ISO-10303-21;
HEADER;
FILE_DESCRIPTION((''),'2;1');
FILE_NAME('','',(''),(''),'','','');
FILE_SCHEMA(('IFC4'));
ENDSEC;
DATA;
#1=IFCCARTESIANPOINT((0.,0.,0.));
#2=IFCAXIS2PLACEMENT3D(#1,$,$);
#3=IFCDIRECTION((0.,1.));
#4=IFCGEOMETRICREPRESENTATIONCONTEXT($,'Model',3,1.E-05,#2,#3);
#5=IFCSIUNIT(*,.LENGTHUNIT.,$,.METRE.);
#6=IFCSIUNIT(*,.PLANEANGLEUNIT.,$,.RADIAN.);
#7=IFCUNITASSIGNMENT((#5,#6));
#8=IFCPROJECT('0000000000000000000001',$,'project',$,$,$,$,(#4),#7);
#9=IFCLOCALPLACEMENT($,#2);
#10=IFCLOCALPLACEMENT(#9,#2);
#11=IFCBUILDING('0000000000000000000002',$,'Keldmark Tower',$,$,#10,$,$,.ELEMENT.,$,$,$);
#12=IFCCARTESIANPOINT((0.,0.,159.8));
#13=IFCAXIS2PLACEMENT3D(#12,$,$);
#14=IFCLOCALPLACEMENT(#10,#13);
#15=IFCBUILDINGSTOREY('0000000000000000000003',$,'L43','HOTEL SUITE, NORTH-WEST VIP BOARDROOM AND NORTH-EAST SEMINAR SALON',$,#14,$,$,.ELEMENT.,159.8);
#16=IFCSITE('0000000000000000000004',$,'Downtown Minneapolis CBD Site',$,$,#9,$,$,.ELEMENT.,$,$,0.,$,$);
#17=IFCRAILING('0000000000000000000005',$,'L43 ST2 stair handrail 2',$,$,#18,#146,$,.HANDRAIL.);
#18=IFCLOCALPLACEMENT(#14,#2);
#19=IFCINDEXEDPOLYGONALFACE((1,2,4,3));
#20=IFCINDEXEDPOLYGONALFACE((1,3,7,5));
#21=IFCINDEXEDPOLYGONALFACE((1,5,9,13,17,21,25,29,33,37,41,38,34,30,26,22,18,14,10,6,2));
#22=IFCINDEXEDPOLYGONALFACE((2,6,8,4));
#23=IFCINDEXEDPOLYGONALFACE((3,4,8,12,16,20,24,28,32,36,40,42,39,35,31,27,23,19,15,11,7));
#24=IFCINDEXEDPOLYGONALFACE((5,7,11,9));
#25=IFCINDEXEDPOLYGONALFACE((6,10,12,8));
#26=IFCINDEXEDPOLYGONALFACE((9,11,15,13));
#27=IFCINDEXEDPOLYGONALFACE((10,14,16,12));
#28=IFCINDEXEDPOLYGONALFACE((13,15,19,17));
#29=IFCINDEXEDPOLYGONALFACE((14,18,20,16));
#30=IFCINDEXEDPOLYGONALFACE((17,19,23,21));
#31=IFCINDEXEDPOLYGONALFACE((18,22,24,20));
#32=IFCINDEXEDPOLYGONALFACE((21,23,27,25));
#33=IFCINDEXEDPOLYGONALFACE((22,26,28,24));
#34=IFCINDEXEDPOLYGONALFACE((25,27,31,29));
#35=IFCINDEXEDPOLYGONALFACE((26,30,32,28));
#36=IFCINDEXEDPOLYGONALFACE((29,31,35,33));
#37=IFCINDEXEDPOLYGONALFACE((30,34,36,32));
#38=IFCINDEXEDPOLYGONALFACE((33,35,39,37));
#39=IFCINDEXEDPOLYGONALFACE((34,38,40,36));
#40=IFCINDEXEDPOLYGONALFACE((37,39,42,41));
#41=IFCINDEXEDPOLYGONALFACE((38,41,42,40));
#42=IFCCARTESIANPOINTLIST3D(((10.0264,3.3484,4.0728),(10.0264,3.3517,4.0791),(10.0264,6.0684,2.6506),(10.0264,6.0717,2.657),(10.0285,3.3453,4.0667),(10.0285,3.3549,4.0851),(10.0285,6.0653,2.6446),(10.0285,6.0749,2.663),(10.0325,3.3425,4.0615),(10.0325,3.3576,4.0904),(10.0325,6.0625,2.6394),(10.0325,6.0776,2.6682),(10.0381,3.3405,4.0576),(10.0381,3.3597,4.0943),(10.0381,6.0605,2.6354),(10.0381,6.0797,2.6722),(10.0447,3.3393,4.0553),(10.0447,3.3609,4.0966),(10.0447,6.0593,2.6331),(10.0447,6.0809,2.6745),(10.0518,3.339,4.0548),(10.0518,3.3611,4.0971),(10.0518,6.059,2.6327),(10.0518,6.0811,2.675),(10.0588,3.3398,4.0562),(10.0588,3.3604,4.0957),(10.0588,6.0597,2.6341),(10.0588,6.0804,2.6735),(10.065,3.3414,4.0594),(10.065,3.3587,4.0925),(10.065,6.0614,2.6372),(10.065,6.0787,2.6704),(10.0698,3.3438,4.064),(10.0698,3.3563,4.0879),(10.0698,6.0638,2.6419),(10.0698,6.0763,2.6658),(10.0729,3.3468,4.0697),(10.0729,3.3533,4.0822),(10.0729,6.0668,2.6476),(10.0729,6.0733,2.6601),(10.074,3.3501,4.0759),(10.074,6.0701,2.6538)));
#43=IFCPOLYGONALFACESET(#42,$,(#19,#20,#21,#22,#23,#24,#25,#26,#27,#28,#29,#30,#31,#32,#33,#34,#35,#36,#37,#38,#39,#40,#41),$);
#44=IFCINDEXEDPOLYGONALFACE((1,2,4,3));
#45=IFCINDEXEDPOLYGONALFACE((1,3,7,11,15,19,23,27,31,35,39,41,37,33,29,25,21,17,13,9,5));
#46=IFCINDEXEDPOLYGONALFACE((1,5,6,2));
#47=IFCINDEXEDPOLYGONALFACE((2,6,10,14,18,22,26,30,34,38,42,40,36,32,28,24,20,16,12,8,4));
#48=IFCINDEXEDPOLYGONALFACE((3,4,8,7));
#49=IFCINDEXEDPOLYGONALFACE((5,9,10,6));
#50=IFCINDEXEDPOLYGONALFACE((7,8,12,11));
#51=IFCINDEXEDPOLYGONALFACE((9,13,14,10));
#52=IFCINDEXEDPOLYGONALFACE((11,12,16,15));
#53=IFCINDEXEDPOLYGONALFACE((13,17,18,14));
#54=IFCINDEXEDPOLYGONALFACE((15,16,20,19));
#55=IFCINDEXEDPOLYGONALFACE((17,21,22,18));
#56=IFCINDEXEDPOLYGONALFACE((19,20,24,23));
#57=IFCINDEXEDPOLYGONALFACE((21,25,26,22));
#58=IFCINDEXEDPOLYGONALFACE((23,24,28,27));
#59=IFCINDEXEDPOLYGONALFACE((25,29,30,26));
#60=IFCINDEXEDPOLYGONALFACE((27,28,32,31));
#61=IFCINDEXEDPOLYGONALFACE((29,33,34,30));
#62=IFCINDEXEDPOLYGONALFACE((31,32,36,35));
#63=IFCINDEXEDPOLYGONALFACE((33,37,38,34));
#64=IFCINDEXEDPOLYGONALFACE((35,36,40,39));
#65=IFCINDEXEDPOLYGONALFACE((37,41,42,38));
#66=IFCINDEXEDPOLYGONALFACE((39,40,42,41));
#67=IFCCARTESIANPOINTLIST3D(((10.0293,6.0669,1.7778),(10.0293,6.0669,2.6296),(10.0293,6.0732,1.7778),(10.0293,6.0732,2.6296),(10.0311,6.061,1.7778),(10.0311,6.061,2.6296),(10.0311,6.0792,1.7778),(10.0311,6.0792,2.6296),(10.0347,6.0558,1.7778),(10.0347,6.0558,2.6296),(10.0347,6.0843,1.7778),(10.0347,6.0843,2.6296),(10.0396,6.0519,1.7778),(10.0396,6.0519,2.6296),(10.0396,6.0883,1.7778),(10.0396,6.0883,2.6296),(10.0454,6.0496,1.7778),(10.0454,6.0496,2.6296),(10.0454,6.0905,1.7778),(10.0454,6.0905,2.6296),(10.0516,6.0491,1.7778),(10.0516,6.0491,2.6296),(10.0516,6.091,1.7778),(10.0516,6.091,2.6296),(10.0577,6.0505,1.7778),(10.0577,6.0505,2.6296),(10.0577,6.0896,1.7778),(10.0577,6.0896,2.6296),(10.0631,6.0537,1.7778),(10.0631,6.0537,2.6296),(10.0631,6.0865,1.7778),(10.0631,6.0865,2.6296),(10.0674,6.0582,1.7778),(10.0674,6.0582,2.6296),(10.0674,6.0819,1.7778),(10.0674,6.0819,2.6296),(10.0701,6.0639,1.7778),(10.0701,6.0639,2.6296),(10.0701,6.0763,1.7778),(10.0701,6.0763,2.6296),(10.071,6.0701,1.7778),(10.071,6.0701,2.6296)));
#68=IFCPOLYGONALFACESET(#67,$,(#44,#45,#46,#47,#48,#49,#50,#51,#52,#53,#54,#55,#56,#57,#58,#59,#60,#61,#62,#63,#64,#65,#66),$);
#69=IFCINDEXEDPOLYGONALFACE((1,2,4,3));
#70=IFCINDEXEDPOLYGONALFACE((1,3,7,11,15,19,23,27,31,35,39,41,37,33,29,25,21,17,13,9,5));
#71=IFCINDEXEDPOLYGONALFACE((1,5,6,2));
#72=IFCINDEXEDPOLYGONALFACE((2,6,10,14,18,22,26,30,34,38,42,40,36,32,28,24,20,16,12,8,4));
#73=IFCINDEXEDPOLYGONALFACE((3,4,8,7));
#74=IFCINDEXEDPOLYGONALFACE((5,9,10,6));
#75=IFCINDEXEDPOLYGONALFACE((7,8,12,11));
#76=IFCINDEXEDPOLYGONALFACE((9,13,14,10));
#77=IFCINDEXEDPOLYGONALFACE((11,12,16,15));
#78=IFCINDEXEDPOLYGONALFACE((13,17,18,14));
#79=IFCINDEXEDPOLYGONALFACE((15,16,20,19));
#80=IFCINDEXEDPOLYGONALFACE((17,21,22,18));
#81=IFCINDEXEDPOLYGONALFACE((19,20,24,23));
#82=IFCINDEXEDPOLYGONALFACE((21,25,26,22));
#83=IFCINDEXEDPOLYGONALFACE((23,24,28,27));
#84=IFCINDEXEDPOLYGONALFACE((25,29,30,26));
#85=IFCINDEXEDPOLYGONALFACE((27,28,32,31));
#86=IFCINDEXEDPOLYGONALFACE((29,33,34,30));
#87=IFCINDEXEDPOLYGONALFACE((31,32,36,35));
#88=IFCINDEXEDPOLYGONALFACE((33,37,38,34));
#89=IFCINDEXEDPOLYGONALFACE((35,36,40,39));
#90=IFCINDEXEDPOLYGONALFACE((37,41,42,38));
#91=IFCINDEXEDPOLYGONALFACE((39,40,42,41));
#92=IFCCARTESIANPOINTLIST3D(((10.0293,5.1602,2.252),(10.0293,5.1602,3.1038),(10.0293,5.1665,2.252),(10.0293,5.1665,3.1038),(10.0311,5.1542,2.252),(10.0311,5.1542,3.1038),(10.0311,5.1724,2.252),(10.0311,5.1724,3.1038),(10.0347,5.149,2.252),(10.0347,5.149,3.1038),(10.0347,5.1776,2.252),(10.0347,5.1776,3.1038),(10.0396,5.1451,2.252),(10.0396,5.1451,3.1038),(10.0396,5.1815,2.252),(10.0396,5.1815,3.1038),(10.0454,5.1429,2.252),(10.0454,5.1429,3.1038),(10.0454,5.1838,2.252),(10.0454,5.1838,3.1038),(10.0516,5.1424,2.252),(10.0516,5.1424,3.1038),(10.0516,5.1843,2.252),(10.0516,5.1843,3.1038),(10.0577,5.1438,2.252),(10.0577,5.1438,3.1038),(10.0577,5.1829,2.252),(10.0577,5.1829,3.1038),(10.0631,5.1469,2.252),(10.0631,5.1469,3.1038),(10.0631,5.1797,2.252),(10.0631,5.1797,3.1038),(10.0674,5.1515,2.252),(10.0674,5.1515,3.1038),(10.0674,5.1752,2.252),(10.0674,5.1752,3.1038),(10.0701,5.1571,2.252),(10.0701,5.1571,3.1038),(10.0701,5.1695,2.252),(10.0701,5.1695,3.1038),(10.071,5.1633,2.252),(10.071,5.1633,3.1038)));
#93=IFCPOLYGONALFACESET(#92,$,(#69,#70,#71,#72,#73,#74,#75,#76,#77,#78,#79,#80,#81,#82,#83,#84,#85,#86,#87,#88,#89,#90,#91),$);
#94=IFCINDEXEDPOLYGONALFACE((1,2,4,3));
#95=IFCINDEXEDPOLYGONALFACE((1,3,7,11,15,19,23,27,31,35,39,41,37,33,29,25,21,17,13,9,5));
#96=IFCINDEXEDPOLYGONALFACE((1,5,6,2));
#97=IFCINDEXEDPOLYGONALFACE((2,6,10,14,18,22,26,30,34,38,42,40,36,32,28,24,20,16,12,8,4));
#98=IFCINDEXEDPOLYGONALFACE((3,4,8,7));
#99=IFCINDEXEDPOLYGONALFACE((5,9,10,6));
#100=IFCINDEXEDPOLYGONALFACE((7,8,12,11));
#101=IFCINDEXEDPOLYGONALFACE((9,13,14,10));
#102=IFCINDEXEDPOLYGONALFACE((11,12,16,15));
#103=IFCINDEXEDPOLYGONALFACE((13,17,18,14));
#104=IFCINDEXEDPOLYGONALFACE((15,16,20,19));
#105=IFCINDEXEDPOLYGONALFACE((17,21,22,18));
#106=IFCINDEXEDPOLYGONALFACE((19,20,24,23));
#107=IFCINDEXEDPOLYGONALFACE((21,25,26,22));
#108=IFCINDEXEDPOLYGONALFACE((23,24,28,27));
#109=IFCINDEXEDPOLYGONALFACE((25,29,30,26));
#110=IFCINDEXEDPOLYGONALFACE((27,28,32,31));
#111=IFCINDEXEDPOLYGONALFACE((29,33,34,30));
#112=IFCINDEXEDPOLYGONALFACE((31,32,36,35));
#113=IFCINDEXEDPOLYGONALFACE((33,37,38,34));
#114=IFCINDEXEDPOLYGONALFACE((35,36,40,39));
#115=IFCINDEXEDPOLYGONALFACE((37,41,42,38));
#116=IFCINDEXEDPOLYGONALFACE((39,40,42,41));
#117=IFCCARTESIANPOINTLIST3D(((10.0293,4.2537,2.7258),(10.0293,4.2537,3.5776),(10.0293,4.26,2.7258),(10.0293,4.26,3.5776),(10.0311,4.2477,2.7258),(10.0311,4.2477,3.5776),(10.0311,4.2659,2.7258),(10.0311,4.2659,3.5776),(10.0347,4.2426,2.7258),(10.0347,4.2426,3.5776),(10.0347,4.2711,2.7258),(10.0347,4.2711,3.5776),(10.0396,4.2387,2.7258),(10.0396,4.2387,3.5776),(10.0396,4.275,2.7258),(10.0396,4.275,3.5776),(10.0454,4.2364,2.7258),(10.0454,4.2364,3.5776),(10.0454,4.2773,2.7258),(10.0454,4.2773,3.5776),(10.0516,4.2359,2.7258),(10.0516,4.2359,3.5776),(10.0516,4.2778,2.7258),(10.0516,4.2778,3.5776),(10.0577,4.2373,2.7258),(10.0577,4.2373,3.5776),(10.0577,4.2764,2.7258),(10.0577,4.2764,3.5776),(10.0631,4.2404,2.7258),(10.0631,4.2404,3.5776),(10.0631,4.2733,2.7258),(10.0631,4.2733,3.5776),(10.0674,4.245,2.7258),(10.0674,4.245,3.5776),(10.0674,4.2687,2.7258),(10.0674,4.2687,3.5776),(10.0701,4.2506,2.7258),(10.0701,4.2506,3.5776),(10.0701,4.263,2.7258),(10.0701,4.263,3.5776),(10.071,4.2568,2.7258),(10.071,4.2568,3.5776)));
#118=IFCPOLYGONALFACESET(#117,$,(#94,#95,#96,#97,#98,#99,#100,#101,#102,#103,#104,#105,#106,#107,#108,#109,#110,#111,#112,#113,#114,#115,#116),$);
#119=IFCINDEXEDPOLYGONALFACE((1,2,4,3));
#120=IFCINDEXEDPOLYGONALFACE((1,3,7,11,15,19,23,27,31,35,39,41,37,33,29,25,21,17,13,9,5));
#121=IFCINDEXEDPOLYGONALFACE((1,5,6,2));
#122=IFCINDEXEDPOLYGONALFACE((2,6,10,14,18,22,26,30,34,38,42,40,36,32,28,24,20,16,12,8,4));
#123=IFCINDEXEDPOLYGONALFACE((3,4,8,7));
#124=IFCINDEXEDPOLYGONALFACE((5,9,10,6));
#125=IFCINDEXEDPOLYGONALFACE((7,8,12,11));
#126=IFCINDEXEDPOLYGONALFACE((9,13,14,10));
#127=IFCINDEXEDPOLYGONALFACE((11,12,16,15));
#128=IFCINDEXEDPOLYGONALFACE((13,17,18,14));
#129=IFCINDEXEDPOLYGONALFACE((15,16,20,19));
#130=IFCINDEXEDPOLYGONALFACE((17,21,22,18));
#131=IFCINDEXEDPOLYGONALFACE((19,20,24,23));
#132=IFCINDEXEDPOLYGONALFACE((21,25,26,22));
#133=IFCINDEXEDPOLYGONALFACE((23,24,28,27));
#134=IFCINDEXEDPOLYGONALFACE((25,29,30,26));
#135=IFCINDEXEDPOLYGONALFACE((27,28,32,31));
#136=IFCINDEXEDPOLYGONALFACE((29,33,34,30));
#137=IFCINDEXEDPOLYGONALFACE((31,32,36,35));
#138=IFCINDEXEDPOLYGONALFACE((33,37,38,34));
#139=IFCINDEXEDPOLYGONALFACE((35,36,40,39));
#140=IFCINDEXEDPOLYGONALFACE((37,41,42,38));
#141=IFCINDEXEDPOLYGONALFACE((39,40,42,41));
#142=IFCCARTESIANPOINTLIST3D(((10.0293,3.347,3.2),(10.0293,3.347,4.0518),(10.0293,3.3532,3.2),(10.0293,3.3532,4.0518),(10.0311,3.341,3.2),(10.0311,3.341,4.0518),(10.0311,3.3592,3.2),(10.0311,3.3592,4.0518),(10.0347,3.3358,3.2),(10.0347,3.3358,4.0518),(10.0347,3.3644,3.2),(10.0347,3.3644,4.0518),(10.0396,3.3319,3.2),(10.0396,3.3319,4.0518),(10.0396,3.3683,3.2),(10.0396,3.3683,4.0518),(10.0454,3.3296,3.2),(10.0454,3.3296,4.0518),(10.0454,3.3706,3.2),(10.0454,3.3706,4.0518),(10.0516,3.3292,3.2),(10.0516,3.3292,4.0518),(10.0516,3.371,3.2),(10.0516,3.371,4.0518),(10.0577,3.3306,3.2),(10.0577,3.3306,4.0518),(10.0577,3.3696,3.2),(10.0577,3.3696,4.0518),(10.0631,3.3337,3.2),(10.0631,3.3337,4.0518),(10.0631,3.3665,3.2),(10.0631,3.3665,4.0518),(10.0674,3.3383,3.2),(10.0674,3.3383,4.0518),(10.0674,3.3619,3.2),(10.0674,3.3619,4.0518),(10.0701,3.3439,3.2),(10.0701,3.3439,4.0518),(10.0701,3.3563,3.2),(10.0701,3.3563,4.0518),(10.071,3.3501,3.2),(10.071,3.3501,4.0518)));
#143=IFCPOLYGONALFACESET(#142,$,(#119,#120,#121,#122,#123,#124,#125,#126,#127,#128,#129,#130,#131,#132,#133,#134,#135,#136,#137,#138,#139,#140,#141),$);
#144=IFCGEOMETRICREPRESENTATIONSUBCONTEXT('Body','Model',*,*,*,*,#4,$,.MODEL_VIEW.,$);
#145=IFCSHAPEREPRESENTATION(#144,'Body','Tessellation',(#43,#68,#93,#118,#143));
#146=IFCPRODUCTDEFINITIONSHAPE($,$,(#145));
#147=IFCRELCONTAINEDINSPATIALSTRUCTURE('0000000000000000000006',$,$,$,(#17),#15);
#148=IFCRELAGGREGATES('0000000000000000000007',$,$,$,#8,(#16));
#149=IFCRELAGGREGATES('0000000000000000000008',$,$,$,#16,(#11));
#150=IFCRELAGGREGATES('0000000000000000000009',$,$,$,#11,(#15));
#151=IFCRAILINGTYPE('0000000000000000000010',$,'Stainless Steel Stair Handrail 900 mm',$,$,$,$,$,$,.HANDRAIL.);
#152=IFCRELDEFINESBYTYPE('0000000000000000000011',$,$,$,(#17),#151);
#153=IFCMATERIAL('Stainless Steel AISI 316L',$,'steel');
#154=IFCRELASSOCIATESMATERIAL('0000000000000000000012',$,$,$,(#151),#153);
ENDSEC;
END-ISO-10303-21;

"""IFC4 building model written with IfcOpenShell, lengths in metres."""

from ifc_helpers import new_model, si_unit, direction, frame, origin, origin_2d, place, context, subcontext, project, spatial, circle, extrude, material, type_object, element, save


model = new_model("IFC4")

# Units and contexts
model_context = context("Model", 3, precision=1e-05, world=origin(), true_north=direction((0.0, 1.0)))
body_context = subcontext(model_context, "Body", "Model", "MODEL_VIEW")
ifc_project = project(units=[si_unit("LENGTHUNIT", "METRE"), si_unit("PLANEANGLEUNIT", "RADIAN")], contexts=[model_context])

# Site, building, storey
site_placement = place(None, origin())
site = spatial("IfcSite", under=ifc_project, at=site_placement, Name="Downtown Minneapolis CBD Site", CompositionType="ELEMENT", RefElevation=0.0)
building_placement = place(site_placement, origin())
building = spatial("IfcBuilding", under=site, at=building_placement, Name="Keldmark Tower", CompositionType="ELEMENT")
storey_placement = place(building_placement, frame((0.0, 0.0, 159.8)))
storey = spatial("IfcBuildingStorey", under=building, at=storey_placement, Name="L43", Description="HOTEL SUITE, NORTH-WEST VIP BOARDROOM AND NORTH-EAST SEMINAR SALON", CompositionType="ELEMENT", Elevation=159.8)

# Railing
ifc_material_1 = material(Name="Stainless Steel AISI 316L", Category="steel")
railing_type_1 = type_object("IfcRailingType", Name="Stainless Steel Stair Handrail 900 mm", PredefinedType="HANDRAIL", material=ifc_material_1)
railing_1_placement = place(storey_placement, frame((10.05, 6.0701, 1.7778)))
element("IfcRailing", 1, at=railing_1_placement, inside=storey, type_object=railing_type_1, Name="L43 ST2 stair handrail 2", PredefinedType="HANDRAIL", context=body_context, shape_type="SweptSolid", body=[
    extrude(circle(Radius=0.0239, at=origin_2d()), frame((0.0, 0.0, 0.876), z_axis=(0.0, -0.886183, 0.463335), x_axis=(1.0, 0.0, 0.0)), (0.0, 0.0, 1.0), 3.0693),
    extrude(circle(Radius=0.021, at=origin_2d()), origin(), (0.0, 0.0, 1.0), 0.8518),
    extrude(circle(Radius=0.021, at=origin_2d()), frame((0.0, -0.9067, 0.4741)), (0.0, 0.0, 1.0), 0.8518),
    extrude(circle(Radius=0.021, at=origin_2d()), frame((0.0, -1.8132, 0.948)), (0.0, 0.0, 1.0), 0.8518),
    extrude(circle(Radius=0.021, at=origin_2d()), frame((0.0, -2.72, 1.4221)), (0.0, 0.0, 1.0), 0.8518),
])

save(model, "model.ifc")
